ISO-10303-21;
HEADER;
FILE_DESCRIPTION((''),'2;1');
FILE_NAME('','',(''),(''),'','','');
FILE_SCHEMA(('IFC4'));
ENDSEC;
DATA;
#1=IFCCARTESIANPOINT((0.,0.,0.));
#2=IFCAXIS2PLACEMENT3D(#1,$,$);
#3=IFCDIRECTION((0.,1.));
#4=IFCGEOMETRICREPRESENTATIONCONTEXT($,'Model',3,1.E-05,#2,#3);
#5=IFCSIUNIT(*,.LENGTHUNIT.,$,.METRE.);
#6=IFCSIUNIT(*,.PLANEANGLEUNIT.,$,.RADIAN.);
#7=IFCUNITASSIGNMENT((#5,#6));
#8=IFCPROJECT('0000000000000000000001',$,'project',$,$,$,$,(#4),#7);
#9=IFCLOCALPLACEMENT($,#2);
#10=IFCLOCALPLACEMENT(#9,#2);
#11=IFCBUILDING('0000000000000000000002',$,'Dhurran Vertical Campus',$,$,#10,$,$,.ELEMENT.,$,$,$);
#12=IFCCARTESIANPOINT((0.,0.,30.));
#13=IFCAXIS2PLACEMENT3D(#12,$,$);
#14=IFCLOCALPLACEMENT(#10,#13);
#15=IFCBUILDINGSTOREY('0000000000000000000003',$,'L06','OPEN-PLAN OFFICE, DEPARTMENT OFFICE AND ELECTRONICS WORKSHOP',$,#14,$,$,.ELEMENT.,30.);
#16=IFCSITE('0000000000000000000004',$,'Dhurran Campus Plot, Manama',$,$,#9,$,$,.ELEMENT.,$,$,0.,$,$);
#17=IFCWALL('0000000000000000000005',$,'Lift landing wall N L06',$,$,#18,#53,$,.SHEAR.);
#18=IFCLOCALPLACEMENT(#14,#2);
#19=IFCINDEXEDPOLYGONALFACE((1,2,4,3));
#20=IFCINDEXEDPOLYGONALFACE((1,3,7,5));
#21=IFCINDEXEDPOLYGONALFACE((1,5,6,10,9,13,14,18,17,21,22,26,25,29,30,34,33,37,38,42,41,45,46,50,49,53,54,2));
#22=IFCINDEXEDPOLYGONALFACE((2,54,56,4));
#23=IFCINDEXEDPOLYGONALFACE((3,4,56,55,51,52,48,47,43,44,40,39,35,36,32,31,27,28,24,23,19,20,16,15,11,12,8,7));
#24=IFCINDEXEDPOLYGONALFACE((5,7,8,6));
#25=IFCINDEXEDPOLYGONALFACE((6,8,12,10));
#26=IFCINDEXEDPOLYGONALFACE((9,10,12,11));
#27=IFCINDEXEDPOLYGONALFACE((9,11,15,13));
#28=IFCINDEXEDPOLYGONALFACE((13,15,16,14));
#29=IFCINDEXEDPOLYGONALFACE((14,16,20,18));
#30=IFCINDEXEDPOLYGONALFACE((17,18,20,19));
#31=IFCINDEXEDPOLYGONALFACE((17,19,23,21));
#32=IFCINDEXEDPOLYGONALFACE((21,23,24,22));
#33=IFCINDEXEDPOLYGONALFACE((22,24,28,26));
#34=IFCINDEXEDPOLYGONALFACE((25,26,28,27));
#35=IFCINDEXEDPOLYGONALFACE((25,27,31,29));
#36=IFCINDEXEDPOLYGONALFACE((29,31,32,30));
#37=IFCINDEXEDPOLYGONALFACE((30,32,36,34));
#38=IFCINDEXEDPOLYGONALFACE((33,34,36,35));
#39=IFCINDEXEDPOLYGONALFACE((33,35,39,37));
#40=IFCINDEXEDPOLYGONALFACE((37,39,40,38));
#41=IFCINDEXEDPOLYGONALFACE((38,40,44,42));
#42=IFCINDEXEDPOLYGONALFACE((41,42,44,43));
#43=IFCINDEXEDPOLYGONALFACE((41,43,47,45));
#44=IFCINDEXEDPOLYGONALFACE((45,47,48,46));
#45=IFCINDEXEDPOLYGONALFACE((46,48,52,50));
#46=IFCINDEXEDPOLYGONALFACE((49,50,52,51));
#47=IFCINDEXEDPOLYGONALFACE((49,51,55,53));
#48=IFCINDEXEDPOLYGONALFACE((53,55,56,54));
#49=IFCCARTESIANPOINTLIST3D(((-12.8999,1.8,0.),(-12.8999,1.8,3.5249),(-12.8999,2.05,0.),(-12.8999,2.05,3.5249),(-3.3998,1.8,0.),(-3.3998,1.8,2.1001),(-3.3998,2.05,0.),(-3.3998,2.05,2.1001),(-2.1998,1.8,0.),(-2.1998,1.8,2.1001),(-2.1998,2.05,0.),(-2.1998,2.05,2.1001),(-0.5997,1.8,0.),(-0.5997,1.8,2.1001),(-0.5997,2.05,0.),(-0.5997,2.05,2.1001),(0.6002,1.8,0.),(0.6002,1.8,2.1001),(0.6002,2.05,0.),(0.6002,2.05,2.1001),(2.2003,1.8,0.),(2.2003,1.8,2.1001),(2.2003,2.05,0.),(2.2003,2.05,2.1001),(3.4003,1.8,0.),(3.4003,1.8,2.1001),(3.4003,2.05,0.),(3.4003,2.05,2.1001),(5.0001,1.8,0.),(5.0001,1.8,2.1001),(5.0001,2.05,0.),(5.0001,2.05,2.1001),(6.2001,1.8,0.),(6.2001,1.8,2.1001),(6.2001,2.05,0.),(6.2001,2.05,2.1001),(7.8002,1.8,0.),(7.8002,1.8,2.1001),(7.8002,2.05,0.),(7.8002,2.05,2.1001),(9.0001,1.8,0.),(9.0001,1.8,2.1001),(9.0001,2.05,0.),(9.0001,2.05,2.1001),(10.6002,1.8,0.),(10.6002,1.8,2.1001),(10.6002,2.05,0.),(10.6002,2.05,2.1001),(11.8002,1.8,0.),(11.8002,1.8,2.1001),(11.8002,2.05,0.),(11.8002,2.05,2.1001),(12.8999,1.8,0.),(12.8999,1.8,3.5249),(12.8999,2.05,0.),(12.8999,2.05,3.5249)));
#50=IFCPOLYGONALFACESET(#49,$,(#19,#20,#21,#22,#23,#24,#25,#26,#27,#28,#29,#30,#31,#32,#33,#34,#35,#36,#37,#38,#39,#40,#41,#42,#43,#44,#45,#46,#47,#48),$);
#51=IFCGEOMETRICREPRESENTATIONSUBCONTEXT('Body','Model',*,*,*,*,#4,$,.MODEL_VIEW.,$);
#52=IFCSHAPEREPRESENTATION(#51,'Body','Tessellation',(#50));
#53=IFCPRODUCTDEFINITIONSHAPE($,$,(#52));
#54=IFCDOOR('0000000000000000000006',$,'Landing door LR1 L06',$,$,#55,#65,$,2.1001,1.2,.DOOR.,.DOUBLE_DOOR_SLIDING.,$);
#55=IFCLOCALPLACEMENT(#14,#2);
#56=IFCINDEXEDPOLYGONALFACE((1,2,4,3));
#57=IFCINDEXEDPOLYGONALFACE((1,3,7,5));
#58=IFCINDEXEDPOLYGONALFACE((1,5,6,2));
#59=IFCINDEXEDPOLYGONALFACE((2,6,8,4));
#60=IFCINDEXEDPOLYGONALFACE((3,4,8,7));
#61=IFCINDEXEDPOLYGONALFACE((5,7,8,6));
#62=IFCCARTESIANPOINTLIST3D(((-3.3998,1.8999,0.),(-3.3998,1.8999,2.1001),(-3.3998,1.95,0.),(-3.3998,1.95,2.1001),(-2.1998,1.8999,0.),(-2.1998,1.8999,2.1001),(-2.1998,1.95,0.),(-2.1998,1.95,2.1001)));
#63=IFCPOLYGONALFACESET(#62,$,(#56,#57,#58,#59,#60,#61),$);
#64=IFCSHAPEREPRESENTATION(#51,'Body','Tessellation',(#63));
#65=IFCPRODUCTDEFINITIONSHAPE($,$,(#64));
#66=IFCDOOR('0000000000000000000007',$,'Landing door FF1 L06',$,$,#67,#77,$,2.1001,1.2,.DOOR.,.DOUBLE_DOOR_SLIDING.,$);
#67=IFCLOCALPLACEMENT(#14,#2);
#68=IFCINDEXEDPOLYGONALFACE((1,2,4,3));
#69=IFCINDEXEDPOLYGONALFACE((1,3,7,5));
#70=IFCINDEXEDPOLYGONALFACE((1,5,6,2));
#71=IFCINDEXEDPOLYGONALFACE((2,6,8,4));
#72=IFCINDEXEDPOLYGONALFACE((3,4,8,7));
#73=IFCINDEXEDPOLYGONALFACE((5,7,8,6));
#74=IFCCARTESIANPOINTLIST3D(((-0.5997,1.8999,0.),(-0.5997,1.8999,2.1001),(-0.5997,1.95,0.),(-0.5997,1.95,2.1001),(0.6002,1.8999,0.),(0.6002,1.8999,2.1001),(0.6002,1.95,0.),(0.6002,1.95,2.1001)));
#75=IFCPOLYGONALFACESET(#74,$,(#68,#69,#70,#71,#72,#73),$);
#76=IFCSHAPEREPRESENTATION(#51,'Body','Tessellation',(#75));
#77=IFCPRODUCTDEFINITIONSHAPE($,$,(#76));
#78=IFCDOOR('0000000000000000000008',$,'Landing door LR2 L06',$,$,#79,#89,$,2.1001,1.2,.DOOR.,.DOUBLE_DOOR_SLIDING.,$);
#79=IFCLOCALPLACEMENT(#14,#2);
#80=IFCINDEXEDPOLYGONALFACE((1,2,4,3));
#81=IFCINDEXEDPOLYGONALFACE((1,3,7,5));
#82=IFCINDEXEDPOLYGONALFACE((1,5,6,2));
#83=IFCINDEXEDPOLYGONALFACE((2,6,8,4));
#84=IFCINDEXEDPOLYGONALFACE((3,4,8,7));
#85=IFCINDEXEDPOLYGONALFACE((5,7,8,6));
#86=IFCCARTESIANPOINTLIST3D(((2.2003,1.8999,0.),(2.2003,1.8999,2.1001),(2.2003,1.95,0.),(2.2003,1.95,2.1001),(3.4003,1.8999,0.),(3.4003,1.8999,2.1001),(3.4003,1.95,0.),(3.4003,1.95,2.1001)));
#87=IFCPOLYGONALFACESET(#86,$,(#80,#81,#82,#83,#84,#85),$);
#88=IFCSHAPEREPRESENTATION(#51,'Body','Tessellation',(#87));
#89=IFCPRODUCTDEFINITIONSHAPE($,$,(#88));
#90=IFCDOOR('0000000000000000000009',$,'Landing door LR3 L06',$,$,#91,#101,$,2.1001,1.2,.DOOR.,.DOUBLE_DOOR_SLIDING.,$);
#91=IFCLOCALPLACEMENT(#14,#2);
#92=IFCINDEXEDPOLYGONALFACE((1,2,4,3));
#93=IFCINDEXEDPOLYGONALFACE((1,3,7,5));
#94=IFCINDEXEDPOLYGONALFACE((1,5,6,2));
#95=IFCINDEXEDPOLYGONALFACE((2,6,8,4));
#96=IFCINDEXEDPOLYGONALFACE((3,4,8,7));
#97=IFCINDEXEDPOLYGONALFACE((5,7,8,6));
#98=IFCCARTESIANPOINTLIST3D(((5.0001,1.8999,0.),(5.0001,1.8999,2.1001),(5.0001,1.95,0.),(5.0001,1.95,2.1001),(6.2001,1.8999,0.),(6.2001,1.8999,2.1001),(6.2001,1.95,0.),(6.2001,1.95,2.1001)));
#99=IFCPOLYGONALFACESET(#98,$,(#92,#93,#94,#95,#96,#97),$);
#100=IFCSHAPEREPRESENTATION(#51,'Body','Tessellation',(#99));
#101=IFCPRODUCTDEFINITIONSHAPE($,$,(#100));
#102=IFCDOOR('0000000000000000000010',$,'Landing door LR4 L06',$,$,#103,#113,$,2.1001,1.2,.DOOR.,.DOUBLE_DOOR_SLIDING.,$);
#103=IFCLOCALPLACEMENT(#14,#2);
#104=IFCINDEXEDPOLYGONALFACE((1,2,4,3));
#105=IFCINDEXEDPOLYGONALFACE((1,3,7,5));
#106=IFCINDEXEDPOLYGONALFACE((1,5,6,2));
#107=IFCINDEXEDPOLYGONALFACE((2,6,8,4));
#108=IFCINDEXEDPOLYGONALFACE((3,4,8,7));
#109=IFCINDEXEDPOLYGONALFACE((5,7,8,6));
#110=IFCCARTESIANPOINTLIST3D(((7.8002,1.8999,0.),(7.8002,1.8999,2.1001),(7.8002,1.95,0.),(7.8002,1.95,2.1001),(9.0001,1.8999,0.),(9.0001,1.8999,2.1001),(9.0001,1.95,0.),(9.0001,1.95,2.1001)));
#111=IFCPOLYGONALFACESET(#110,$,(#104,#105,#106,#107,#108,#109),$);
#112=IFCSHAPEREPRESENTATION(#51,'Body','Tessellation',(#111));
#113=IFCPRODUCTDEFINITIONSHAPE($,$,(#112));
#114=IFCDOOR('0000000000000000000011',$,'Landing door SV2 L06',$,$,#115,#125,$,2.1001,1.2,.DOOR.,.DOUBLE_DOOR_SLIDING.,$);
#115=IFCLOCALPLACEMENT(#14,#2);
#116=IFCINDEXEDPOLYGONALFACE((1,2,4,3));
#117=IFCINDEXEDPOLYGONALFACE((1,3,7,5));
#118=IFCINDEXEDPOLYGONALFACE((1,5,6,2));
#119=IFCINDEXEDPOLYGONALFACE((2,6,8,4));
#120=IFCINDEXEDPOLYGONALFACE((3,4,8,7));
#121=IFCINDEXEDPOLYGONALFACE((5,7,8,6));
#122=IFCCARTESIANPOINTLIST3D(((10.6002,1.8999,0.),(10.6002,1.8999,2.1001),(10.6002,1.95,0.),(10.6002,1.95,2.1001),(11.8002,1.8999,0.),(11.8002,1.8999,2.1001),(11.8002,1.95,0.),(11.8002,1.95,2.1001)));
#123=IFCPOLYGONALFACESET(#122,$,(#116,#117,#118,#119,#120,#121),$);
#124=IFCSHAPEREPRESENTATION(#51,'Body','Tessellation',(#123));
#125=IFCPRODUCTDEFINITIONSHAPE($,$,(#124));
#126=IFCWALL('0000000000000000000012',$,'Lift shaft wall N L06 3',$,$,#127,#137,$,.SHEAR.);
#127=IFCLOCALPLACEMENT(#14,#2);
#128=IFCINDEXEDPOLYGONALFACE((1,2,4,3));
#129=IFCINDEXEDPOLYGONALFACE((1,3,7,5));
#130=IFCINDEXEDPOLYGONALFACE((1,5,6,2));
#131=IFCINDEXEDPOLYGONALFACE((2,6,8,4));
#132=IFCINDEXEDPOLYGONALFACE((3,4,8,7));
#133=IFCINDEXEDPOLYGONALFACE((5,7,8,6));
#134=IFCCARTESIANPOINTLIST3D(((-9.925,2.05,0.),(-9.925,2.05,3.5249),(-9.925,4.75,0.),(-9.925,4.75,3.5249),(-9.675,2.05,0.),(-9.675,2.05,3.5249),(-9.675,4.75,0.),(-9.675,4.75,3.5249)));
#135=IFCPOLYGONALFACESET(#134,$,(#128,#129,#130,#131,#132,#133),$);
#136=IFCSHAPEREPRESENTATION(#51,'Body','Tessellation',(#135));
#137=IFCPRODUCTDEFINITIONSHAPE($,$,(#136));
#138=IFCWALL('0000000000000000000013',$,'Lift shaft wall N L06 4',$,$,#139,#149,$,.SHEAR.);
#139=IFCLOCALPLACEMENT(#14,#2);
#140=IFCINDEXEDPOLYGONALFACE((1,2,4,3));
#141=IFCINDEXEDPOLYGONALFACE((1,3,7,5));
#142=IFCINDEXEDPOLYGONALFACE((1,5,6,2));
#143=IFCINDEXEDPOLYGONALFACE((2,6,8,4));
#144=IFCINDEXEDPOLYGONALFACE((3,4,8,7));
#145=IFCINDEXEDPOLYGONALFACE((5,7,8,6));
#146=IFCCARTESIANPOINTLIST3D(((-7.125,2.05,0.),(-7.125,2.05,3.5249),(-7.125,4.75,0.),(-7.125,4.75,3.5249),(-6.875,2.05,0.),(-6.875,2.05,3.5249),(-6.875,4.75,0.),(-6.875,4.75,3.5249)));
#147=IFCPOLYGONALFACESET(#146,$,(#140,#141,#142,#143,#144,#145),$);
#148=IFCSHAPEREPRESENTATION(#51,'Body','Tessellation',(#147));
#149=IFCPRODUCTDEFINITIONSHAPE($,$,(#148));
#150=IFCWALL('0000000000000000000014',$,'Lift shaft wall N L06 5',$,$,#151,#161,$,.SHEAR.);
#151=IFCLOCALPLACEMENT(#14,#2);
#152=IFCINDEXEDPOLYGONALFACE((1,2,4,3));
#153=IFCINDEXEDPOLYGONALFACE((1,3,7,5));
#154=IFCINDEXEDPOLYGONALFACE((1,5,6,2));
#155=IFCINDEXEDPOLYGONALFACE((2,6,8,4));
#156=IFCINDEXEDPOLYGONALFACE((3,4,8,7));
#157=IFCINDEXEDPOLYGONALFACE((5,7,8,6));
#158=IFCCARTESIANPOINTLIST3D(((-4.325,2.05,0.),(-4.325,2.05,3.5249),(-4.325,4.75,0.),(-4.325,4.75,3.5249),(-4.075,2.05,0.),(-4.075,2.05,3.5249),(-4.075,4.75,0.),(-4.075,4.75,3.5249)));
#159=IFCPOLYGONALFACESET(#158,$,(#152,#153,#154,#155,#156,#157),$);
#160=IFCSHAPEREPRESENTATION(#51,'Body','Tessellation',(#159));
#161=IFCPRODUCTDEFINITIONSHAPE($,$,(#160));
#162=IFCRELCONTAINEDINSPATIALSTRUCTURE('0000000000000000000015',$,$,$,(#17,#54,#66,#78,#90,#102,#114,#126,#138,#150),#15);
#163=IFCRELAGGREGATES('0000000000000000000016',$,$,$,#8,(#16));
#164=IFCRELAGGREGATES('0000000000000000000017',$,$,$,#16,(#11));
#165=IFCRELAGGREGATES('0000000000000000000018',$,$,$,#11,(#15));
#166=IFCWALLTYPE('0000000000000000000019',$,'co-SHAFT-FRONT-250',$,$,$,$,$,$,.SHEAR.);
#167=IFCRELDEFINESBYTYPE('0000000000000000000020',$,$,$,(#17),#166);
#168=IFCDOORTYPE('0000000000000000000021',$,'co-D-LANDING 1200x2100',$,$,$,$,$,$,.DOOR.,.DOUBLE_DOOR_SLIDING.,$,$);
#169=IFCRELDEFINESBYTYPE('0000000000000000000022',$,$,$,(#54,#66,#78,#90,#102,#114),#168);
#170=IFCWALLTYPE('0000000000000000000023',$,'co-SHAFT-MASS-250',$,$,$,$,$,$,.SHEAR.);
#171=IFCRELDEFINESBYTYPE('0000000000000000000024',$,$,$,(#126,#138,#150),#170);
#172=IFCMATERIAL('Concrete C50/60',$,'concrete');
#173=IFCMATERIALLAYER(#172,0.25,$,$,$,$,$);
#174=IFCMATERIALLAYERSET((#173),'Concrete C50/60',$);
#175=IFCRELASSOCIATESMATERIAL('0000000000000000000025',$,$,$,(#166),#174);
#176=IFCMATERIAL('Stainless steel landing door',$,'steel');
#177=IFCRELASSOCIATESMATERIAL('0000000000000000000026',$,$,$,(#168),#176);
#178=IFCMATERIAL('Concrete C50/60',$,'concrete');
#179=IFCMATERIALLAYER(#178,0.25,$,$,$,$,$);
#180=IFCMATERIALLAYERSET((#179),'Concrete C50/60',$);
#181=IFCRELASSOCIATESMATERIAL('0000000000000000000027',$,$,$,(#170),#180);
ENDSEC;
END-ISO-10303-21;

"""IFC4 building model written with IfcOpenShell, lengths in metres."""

from ifc_helpers import new_model, si_unit, direction, frame, frame_2d, origin, place, context, subcontext, project, spatial, polyline, rectangle, outline, extrude, material, layer, layer_set, type_object, element, fill, save


model = new_model("IFC4")

# Units and contexts
model_context = context("Model", 3, precision=1e-05, world=origin(), true_north=direction((0.0, 1.0)))
body_context = subcontext(model_context, "Body", "Model", "MODEL_VIEW")
ifc_project = project(units=[si_unit("LENGTHUNIT", "METRE"), si_unit("PLANEANGLEUNIT", "RADIAN")], contexts=[model_context])

# Site, building, storey
site_placement = place(None, origin())
site = spatial("IfcSite", under=ifc_project, at=site_placement, Name="Dhurran Campus Plot, Manama", CompositionType="ELEMENT", RefElevation=0.0)
building_placement = place(site_placement, origin())
building = spatial("IfcBuilding", under=site, at=building_placement, Name="Dhurran Vertical Campus", CompositionType="ELEMENT")
storey_placement = place(building_placement, frame((0.0, 0.0, 30.0)))
storey = spatial("IfcBuildingStorey", under=building, at=storey_placement, Name="L06", Description="OPEN-PLAN OFFICE, DEPARTMENT OFFICE AND ELECTRONICS WORKSHOP", CompositionType="ELEMENT", Elevation=30.0)

# Wall, openings, doors
ifc_material_1 = material(Name="Concrete C50/60", Category="concrete")
ifc_layer_1 = layer(ifc_material_1, 0.25)
ifc_layer_set_1 = layer_set([ifc_layer_1], Name="Concrete C50/60")
wall_type_1 = type_object("IfcWallType", Name="co-SHAFT-FRONT-250", PredefinedType="SHEAR", material=ifc_layer_set_1)
wall_1_placement = place(storey_placement, frame((-12.8999, 1.925, 0.0), z_axis=(0.0, 0.0, 1.0), x_axis=(1.0, 0.0, 0.0)))
wall_1 = element("IfcWall", 1, at=wall_1_placement, inside=storey, type_object=wall_type_1, Name="Lift landing wall N L06", PredefinedType="SHEAR", context=body_context, shape_type="SweptSolid", body=[
    extrude(rectangle(XDim=25.7998, YDim=0.25, at=frame_2d((12.8999, 0.0))), origin(), (0.0, 0.0, 1.0), 3.5249),
])
opening_1_placement = place(wall_1_placement, frame((9.5, 0.0, 0.0)))
opening_1 = element("IfcOpeningElement", 2, at=opening_1_placement, cuts=wall_1, PredefinedType="OPENING", context=body_context, shape_type="SweptSolid", body=[
    extrude(rectangle(XDim=1.2, YDim=2.1001, at=frame_2d((0.6001, 1.05))), frame((0.0, 0.135, 0.0), z_axis=(0.0, -1.0, 0.0), x_axis=(1.0, 0.0, 0.0)), (0.0, 0.0, 1.0), 0.27),
])
opening_2_placement = place(wall_1_placement, frame((12.3, 0.0, 0.0)))
opening_2 = element("IfcOpeningElement", 3, at=opening_2_placement, cuts=wall_1, PredefinedType="OPENING", context=body_context, shape_type="SweptSolid", body=[
    extrude(rectangle(XDim=1.2, YDim=2.1001, at=frame_2d((0.6001, 1.05))), frame((0.0, 0.135, 0.0), z_axis=(0.0, -1.0, 0.0), x_axis=(1.0, 0.0, 0.0)), (0.0, 0.0, 1.0), 0.27),
])
opening_3_placement = place(wall_1_placement, frame((15.1001, 0.0, 0.0)))
opening_3 = element("IfcOpeningElement", 4, at=opening_3_placement, cuts=wall_1, PredefinedType="OPENING", context=body_context, shape_type="SweptSolid", body=[
    extrude(rectangle(XDim=1.2, YDim=2.1001, at=frame_2d((0.6001, 1.05))), frame((0.0, 0.135, 0.0), z_axis=(0.0, -1.0, 0.0), x_axis=(1.0, 0.0, 0.0)), (0.0, 0.0, 1.0), 0.27),
])
opening_4_placement = place(wall_1_placement, frame((17.8999, 0.0, 0.0)))
opening_4 = element("IfcOpeningElement", 5, at=opening_4_placement, cuts=wall_1, PredefinedType="OPENING", context=body_context, shape_type="SweptSolid", body=[
    extrude(rectangle(XDim=1.2, YDim=2.1001, at=frame_2d((0.6001, 1.05))), frame((0.0, 0.135, 0.0), z_axis=(0.0, -1.0, 0.0), x_axis=(1.0, 0.0, 0.0)), (0.0, 0.0, 1.0), 0.27),
])
opening_5_placement = place(wall_1_placement, frame((20.7, 0.0, 0.0)))
opening_5 = element("IfcOpeningElement", 6, at=opening_5_placement, cuts=wall_1, PredefinedType="OPENING", context=body_context, shape_type="SweptSolid", body=[
    extrude(rectangle(XDim=1.2, YDim=2.1001, at=frame_2d((0.6001, 1.05))), frame((0.0, 0.135, 0.0), z_axis=(0.0, -1.0, 0.0), x_axis=(1.0, 0.0, 0.0)), (0.0, 0.0, 1.0), 0.27),
])
opening_6_placement = place(wall_1_placement, frame((23.5, 0.0, 0.0)))
opening_6 = element("IfcOpeningElement", 7, at=opening_6_placement, cuts=wall_1, PredefinedType="OPENING", context=body_context, shape_type="SweptSolid", body=[
    extrude(rectangle(XDim=1.2, YDim=2.1001, at=frame_2d((0.6001, 1.05))), frame((0.0, 0.135, 0.0), z_axis=(0.0, -1.0, 0.0), x_axis=(1.0, 0.0, 0.0)), (0.0, 0.0, 1.0), 0.27),
])
ifc_material_2 = material(Name="Stainless steel landing door", Category="steel")
door_type_1 = type_object("IfcDoorType", Name="co-D-LANDING 1200x2100", OperationType="DOUBLE_DOOR_SLIDING", PredefinedType="DOOR", material=ifc_material_2)
door_1_placement = place(opening_1_placement, origin())
door_1 = element("IfcDoor", 8, at=door_1_placement, inside=storey, type_object=door_type_1, Name="Landing door LR1 L06", OperationType="DOUBLE_DOOR_SLIDING", OverallHeight=2.1001, OverallWidth=1.2, PredefinedType="DOOR", context=body_context, shape_type="SweptSolid", body=[
    extrude(rectangle(XDim=1.2, YDim=2.1001, at=frame_2d((0.6001, 1.05))), frame((0.0, 0.0249, 0.0), z_axis=(0.0, -1.0, 0.0), x_axis=(1.0, 0.0, 0.0)), (0.0, 0.0, 1.0), 0.05),
])
fill(opening_1, door_1)
door_2_placement = place(opening_2_placement, origin())
door_2 = element("IfcDoor", 9, at=door_2_placement, inside=storey, type_object=door_type_1, Name="Landing door FF1 L06", OperationType="DOUBLE_DOOR_SLIDING", OverallHeight=2.1001, OverallWidth=1.2, PredefinedType="DOOR", context=body_context, shape_type="SweptSolid", body=[
    extrude(rectangle(XDim=1.2, YDim=2.1001, at=frame_2d((0.6001, 1.05))), frame((0.0, 0.0249, 0.0), z_axis=(0.0, -1.0, 0.0), x_axis=(1.0, 0.0, 0.0)), (0.0, 0.0, 1.0), 0.05),
])
fill(opening_2, door_2)
door_3_placement = place(opening_3_placement, origin())
door_3 = element("IfcDoor", 10, at=door_3_placement, inside=storey, type_object=door_type_1, Name="Landing door LR2 L06", OperationType="DOUBLE_DOOR_SLIDING", OverallHeight=2.1001, OverallWidth=1.2, PredefinedType="DOOR", context=body_context, shape_type="SweptSolid", body=[
    extrude(rectangle(XDim=1.2, YDim=2.1001, at=frame_2d((0.6001, 1.05))), frame((0.0, 0.0249, 0.0), z_axis=(0.0, -1.0, 0.0), x_axis=(1.0, 0.0, 0.0)), (0.0, 0.0, 1.0), 0.05),
])
fill(opening_3, door_3)
door_4_placement = place(opening_4_placement, origin())
door_4 = element("IfcDoor", 11, at=door_4_placement, inside=storey, type_object=door_type_1, Name="Landing door LR3 L06", OperationType="DOUBLE_DOOR_SLIDING", OverallHeight=2.1001, OverallWidth=1.2, PredefinedType="DOOR", context=body_context, shape_type="SweptSolid", body=[
    extrude(rectangle(XDim=1.2, YDim=2.1001, at=frame_2d((0.6001, 1.05))), frame((0.0, 0.0249, 0.0), z_axis=(0.0, -1.0, 0.0), x_axis=(1.0, 0.0, 0.0)), (0.0, 0.0, 1.0), 0.05),
])
fill(opening_4, door_4)
door_5_placement = place(opening_5_placement, origin())
door_5 = element("IfcDoor", 12, at=door_5_placement, inside=storey, type_object=door_type_1, Name="Landing door LR4 L06", OperationType="DOUBLE_DOOR_SLIDING", OverallHeight=2.1001, OverallWidth=1.2, PredefinedType="DOOR", context=body_context, shape_type="SweptSolid", body=[
    extrude(rectangle(XDim=1.2, YDim=2.1001, at=frame_2d((0.6001, 1.05))), frame((0.0, 0.0249, 0.0), z_axis=(0.0, -1.0, 0.0), x_axis=(1.0, 0.0, 0.0)), (0.0, 0.0, 1.0), 0.05),
])
fill(opening_5, door_5)
door_6_placement = place(opening_6_placement, origin())
door_6 = element("IfcDoor", 13, at=door_6_placement, inside=storey, type_object=door_type_1, Name="Landing door SV2 L06", OperationType="DOUBLE_DOOR_SLIDING", OverallHeight=2.1001, OverallWidth=1.2, PredefinedType="DOOR", context=body_context, shape_type="SweptSolid", body=[
    extrude(rectangle(XDim=1.2, YDim=2.1001, at=frame_2d((0.6001, 1.05))), frame((0.0, 0.0249, 0.0), z_axis=(0.0, -1.0, 0.0), x_axis=(1.0, 0.0, 0.0)), (0.0, 0.0, 1.0), 0.05),
])
fill(opening_6, door_6)

# Walls
ifc_material_3 = material(Name="Concrete C50/60", Category="concrete")
ifc_layer_2 = layer(ifc_material_3, 0.25)
ifc_layer_set_2 = layer_set([ifc_layer_2], Name="Concrete C50/60")
wall_type_2 = type_object("IfcWallType", Name="co-SHAFT-MASS-250", PredefinedType="SHEAR", material=ifc_layer_set_2)
wall_2_placement = place(storey_placement, origin())
element("IfcWall", 14, at=wall_2_placement, inside=storey, type_object=wall_type_2, Name="Lift shaft wall N L06 3", PredefinedType="SHEAR", context=body_context, shape_type="SweptSolid", body=[
    extrude(outline(polyline([(-9.925, 2.05), (-9.675, 2.05), (-9.675, 4.75), (-9.925, 4.75), (-9.925, 2.05)])), origin(), (0.0, 0.0, 1.0), 3.5249),
])
wall_3_placement = place(storey_placement, origin())
element("IfcWall", 15, at=wall_3_placement, inside=storey, type_object=wall_type_2, Name="Lift shaft wall N L06 4", PredefinedType="SHEAR", context=body_context, shape_type="SweptSolid", body=[
    extrude(outline(polyline([(-7.125, 2.05), (-6.875, 2.05), (-6.875, 4.75), (-7.125, 4.75), (-7.125, 2.05)])), origin(), (0.0, 0.0, 1.0), 3.5249),
])
wall_4_placement = place(storey_placement, origin())
element("IfcWall", 16, at=wall_4_placement, inside=storey, type_object=wall_type_2, Name="Lift shaft wall N L06 5", PredefinedType="SHEAR", context=body_context, shape_type="SweptSolid", body=[
    extrude(outline(polyline([(-4.325, 2.05), (-4.075, 2.05), (-4.075, 4.75), (-4.325, 4.75), (-4.325, 2.05)])), origin(), (0.0, 0.0, 1.0), 3.5249),
])

save(model, "model.ifc")
